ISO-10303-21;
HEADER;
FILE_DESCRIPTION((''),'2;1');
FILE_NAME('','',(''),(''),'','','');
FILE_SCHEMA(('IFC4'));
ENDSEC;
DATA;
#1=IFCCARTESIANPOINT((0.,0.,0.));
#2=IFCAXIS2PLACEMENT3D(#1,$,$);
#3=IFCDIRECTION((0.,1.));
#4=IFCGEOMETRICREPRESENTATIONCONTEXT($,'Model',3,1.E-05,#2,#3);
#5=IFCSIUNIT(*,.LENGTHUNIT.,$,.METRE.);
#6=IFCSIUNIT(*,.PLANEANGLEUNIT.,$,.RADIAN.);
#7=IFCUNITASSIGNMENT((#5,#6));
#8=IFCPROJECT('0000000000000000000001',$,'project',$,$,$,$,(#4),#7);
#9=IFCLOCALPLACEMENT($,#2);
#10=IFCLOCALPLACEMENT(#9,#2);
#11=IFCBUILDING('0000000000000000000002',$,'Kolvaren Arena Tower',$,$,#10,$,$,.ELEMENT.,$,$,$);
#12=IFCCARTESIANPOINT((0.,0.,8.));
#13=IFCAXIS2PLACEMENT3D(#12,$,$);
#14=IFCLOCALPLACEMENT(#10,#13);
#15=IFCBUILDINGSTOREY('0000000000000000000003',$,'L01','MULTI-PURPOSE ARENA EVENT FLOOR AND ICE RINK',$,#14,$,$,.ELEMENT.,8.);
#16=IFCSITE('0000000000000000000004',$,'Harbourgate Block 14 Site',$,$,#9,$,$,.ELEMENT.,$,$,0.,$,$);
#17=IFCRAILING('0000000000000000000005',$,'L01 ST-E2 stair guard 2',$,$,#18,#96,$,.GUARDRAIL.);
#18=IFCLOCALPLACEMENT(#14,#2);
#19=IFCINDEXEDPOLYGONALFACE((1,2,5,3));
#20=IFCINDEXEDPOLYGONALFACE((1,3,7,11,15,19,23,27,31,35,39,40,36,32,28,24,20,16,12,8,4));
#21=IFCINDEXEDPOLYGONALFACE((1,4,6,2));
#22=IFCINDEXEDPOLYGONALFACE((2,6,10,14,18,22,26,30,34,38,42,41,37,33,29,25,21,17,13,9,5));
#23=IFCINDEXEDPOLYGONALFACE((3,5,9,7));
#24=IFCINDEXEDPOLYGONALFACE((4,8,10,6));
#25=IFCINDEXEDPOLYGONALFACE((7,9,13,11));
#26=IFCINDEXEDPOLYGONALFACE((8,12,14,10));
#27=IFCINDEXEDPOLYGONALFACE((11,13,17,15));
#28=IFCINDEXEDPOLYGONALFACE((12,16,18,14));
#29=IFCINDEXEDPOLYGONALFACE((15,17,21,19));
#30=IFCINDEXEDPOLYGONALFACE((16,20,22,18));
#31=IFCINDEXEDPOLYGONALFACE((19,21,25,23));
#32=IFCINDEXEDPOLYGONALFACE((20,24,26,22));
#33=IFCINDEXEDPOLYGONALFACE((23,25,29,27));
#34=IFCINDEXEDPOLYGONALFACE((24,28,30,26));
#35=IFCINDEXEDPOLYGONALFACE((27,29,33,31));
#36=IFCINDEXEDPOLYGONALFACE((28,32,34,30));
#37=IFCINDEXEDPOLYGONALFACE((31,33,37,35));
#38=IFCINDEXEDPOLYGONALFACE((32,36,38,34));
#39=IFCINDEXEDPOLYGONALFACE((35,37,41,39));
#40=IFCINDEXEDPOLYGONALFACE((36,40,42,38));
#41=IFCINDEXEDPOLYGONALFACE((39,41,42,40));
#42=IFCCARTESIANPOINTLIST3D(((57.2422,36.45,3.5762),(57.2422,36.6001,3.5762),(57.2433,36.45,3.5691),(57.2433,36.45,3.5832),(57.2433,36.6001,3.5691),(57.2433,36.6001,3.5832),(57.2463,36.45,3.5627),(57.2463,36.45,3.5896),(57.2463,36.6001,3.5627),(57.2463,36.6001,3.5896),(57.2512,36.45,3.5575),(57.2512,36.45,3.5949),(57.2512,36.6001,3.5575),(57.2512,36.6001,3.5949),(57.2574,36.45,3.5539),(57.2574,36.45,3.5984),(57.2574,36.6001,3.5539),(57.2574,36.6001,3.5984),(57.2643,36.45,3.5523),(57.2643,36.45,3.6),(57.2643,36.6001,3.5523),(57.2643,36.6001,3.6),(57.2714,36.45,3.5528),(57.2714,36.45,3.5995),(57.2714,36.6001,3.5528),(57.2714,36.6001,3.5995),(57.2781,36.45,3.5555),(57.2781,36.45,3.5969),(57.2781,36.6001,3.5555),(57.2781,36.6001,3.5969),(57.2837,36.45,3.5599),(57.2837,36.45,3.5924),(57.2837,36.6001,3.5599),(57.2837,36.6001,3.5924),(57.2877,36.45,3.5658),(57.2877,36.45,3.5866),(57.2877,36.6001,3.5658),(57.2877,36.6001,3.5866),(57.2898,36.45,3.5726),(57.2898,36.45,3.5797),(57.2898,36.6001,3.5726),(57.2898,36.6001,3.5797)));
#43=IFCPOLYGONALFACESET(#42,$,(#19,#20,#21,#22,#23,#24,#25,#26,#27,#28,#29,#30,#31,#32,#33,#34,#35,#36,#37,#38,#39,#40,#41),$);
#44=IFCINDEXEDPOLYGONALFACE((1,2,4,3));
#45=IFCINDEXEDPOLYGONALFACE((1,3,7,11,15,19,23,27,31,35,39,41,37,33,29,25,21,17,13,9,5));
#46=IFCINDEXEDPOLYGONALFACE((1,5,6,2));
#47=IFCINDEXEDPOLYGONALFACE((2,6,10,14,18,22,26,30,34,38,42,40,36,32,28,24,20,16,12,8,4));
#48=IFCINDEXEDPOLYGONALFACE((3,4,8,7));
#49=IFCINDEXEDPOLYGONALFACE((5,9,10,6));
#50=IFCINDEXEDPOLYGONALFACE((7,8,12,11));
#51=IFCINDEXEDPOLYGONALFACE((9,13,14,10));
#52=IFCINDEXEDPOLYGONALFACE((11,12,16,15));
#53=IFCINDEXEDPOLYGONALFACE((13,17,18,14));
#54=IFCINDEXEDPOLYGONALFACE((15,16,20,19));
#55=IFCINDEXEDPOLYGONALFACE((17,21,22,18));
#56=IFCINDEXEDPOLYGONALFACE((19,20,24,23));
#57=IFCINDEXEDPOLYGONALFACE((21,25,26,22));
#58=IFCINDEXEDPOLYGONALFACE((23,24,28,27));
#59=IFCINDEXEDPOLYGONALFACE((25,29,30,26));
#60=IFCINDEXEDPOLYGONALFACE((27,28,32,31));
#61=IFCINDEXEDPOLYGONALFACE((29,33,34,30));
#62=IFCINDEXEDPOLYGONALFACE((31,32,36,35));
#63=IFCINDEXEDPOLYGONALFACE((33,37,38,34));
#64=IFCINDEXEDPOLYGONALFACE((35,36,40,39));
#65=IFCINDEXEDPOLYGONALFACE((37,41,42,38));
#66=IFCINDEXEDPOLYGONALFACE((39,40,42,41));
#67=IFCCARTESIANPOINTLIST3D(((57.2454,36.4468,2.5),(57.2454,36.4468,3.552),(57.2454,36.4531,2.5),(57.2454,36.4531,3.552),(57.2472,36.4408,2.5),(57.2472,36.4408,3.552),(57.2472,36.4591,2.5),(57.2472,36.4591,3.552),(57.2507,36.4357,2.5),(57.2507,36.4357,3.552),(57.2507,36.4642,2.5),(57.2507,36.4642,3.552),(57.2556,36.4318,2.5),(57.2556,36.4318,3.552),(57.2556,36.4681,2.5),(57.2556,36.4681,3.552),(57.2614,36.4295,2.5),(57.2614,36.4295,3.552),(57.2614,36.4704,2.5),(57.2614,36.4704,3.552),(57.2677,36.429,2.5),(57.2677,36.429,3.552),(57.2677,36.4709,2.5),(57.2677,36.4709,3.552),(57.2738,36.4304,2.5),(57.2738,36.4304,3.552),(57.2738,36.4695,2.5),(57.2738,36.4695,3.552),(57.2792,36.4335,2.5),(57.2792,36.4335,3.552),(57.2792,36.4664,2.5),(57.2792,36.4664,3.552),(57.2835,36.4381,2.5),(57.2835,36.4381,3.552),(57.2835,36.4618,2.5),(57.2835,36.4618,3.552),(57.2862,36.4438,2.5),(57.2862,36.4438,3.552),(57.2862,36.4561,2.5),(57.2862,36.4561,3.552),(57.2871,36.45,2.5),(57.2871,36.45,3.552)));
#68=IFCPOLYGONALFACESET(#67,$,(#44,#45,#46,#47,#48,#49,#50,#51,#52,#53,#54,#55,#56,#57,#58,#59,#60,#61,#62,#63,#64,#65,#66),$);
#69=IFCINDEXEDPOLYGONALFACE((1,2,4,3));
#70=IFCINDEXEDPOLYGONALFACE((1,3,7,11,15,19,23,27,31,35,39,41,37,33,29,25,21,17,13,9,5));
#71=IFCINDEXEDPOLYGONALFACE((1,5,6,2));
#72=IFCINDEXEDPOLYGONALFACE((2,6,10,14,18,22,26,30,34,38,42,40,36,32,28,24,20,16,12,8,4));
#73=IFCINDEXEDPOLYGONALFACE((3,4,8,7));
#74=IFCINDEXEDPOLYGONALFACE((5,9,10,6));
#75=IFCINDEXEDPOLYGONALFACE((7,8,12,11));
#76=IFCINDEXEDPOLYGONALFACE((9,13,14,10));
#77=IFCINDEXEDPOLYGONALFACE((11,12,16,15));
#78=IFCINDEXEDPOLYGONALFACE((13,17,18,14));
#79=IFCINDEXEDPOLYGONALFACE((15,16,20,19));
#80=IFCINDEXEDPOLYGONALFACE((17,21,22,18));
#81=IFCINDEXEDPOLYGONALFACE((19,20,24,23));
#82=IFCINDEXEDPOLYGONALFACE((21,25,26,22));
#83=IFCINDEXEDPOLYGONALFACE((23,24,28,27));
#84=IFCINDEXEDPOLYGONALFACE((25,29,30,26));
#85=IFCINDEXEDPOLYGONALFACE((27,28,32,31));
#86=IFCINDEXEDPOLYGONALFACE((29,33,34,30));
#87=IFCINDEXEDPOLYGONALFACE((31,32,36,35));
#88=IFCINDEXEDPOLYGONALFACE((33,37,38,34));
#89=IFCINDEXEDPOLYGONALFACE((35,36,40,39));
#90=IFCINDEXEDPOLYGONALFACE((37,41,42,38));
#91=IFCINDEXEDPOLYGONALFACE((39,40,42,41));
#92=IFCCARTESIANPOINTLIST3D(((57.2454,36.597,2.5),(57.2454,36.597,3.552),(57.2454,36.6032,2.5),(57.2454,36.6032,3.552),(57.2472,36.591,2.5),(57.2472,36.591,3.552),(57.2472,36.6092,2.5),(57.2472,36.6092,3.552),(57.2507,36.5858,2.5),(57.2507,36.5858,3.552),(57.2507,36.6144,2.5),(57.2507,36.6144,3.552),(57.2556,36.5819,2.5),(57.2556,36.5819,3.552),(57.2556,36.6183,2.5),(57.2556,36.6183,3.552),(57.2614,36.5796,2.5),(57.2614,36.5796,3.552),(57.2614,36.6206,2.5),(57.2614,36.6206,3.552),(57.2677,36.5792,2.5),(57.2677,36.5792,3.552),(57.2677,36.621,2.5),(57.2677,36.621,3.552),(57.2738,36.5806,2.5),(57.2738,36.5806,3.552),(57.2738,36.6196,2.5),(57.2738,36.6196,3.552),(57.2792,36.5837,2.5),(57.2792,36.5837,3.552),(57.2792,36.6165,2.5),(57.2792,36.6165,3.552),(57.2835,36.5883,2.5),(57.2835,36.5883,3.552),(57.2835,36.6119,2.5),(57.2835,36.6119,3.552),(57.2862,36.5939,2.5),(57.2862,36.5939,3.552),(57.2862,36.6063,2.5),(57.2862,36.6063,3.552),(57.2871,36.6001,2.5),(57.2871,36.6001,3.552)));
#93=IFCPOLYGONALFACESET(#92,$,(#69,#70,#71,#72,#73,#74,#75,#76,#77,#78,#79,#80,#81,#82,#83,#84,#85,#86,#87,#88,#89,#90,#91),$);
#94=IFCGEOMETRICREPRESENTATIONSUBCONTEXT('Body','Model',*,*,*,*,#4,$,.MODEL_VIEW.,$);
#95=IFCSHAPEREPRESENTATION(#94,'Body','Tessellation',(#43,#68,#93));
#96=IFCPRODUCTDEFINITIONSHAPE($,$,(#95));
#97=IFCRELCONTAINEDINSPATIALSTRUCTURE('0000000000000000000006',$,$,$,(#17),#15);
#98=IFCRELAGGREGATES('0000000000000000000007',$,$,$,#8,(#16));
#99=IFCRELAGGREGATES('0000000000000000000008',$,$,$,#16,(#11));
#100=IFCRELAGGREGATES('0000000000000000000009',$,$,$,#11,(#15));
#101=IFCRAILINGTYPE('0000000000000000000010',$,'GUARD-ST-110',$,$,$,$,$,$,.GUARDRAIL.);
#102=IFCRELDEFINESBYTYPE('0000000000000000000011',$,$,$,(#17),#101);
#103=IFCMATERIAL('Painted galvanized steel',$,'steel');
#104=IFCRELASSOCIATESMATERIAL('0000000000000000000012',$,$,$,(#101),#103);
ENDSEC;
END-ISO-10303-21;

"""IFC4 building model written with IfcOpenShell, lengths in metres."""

from ifc_helpers import new_model, si_unit, direction, frame, origin, origin_2d, place, context, subcontext, project, spatial, circle, extrude, material, type_object, element, save


model = new_model("IFC4")

# Units and contexts
model_context = context("Model", 3, precision=1e-05, world=origin(), true_north=direction((0.0, 1.0)))
body_context = subcontext(model_context, "Body", "Model", "MODEL_VIEW")
ifc_project = project(units=[si_unit("LENGTHUNIT", "METRE"), si_unit("PLANEANGLEUNIT", "RADIAN")], contexts=[model_context])

# Site, building, storey
site_placement = place(None, origin())
site = spatial("IfcSite", under=ifc_project, at=site_placement, Name="Harbourgate Block 14 Site", CompositionType="ELEMENT", RefElevation=0.0)
building_placement = place(site_placement, origin())
building = spatial("IfcBuilding", under=site, at=building_placement, Name="Kolvaren Arena Tower", CompositionType="ELEMENT")
storey_placement = place(building_placement, frame((0.0, 0.0, 8.0)))
storey = spatial("IfcBuildingStorey", under=building, at=storey_placement, Name="L01", Description="MULTI-PURPOSE ARENA EVENT FLOOR AND ICE RINK", CompositionType="ELEMENT", Elevation=8.0)

# Railing
ifc_material_1 = material(Name="Painted galvanized steel", Category="steel")
railing_type_1 = type_object("IfcRailingType", Name="GUARD-ST-110", PredefinedType="GUARDRAIL", material=ifc_material_1)
railing_1_placement = place(storey_placement, frame((57.2661, 36.45, 2.5)))
element("IfcRailing", 1, at=railing_1_placement, inside=storey, type_object=railing_type_1, Name="L01 ST-E2 stair guard 2", PredefinedType="GUARDRAIL", context=body_context, shape_type="SweptSolid", body=[
    extrude(circle(Radius=0.0239, at=origin_2d()), frame((0.0, 0.0, 1.0762), z_axis=(0.0, 1.0, 0.0), x_axis=(-1.0, 0.0, 0.0)), (0.0, 0.0, 1.0), 0.1501),
    extrude(circle(Radius=0.021, at=origin_2d()), origin(), (0.0, 0.0, 1.0), 1.052),
    extrude(circle(Radius=0.021, at=origin_2d()), frame((0.0, 0.1501, 0.0)), (0.0, 0.0, 1.0), 1.052),
])

save(model, "model.ifc")
